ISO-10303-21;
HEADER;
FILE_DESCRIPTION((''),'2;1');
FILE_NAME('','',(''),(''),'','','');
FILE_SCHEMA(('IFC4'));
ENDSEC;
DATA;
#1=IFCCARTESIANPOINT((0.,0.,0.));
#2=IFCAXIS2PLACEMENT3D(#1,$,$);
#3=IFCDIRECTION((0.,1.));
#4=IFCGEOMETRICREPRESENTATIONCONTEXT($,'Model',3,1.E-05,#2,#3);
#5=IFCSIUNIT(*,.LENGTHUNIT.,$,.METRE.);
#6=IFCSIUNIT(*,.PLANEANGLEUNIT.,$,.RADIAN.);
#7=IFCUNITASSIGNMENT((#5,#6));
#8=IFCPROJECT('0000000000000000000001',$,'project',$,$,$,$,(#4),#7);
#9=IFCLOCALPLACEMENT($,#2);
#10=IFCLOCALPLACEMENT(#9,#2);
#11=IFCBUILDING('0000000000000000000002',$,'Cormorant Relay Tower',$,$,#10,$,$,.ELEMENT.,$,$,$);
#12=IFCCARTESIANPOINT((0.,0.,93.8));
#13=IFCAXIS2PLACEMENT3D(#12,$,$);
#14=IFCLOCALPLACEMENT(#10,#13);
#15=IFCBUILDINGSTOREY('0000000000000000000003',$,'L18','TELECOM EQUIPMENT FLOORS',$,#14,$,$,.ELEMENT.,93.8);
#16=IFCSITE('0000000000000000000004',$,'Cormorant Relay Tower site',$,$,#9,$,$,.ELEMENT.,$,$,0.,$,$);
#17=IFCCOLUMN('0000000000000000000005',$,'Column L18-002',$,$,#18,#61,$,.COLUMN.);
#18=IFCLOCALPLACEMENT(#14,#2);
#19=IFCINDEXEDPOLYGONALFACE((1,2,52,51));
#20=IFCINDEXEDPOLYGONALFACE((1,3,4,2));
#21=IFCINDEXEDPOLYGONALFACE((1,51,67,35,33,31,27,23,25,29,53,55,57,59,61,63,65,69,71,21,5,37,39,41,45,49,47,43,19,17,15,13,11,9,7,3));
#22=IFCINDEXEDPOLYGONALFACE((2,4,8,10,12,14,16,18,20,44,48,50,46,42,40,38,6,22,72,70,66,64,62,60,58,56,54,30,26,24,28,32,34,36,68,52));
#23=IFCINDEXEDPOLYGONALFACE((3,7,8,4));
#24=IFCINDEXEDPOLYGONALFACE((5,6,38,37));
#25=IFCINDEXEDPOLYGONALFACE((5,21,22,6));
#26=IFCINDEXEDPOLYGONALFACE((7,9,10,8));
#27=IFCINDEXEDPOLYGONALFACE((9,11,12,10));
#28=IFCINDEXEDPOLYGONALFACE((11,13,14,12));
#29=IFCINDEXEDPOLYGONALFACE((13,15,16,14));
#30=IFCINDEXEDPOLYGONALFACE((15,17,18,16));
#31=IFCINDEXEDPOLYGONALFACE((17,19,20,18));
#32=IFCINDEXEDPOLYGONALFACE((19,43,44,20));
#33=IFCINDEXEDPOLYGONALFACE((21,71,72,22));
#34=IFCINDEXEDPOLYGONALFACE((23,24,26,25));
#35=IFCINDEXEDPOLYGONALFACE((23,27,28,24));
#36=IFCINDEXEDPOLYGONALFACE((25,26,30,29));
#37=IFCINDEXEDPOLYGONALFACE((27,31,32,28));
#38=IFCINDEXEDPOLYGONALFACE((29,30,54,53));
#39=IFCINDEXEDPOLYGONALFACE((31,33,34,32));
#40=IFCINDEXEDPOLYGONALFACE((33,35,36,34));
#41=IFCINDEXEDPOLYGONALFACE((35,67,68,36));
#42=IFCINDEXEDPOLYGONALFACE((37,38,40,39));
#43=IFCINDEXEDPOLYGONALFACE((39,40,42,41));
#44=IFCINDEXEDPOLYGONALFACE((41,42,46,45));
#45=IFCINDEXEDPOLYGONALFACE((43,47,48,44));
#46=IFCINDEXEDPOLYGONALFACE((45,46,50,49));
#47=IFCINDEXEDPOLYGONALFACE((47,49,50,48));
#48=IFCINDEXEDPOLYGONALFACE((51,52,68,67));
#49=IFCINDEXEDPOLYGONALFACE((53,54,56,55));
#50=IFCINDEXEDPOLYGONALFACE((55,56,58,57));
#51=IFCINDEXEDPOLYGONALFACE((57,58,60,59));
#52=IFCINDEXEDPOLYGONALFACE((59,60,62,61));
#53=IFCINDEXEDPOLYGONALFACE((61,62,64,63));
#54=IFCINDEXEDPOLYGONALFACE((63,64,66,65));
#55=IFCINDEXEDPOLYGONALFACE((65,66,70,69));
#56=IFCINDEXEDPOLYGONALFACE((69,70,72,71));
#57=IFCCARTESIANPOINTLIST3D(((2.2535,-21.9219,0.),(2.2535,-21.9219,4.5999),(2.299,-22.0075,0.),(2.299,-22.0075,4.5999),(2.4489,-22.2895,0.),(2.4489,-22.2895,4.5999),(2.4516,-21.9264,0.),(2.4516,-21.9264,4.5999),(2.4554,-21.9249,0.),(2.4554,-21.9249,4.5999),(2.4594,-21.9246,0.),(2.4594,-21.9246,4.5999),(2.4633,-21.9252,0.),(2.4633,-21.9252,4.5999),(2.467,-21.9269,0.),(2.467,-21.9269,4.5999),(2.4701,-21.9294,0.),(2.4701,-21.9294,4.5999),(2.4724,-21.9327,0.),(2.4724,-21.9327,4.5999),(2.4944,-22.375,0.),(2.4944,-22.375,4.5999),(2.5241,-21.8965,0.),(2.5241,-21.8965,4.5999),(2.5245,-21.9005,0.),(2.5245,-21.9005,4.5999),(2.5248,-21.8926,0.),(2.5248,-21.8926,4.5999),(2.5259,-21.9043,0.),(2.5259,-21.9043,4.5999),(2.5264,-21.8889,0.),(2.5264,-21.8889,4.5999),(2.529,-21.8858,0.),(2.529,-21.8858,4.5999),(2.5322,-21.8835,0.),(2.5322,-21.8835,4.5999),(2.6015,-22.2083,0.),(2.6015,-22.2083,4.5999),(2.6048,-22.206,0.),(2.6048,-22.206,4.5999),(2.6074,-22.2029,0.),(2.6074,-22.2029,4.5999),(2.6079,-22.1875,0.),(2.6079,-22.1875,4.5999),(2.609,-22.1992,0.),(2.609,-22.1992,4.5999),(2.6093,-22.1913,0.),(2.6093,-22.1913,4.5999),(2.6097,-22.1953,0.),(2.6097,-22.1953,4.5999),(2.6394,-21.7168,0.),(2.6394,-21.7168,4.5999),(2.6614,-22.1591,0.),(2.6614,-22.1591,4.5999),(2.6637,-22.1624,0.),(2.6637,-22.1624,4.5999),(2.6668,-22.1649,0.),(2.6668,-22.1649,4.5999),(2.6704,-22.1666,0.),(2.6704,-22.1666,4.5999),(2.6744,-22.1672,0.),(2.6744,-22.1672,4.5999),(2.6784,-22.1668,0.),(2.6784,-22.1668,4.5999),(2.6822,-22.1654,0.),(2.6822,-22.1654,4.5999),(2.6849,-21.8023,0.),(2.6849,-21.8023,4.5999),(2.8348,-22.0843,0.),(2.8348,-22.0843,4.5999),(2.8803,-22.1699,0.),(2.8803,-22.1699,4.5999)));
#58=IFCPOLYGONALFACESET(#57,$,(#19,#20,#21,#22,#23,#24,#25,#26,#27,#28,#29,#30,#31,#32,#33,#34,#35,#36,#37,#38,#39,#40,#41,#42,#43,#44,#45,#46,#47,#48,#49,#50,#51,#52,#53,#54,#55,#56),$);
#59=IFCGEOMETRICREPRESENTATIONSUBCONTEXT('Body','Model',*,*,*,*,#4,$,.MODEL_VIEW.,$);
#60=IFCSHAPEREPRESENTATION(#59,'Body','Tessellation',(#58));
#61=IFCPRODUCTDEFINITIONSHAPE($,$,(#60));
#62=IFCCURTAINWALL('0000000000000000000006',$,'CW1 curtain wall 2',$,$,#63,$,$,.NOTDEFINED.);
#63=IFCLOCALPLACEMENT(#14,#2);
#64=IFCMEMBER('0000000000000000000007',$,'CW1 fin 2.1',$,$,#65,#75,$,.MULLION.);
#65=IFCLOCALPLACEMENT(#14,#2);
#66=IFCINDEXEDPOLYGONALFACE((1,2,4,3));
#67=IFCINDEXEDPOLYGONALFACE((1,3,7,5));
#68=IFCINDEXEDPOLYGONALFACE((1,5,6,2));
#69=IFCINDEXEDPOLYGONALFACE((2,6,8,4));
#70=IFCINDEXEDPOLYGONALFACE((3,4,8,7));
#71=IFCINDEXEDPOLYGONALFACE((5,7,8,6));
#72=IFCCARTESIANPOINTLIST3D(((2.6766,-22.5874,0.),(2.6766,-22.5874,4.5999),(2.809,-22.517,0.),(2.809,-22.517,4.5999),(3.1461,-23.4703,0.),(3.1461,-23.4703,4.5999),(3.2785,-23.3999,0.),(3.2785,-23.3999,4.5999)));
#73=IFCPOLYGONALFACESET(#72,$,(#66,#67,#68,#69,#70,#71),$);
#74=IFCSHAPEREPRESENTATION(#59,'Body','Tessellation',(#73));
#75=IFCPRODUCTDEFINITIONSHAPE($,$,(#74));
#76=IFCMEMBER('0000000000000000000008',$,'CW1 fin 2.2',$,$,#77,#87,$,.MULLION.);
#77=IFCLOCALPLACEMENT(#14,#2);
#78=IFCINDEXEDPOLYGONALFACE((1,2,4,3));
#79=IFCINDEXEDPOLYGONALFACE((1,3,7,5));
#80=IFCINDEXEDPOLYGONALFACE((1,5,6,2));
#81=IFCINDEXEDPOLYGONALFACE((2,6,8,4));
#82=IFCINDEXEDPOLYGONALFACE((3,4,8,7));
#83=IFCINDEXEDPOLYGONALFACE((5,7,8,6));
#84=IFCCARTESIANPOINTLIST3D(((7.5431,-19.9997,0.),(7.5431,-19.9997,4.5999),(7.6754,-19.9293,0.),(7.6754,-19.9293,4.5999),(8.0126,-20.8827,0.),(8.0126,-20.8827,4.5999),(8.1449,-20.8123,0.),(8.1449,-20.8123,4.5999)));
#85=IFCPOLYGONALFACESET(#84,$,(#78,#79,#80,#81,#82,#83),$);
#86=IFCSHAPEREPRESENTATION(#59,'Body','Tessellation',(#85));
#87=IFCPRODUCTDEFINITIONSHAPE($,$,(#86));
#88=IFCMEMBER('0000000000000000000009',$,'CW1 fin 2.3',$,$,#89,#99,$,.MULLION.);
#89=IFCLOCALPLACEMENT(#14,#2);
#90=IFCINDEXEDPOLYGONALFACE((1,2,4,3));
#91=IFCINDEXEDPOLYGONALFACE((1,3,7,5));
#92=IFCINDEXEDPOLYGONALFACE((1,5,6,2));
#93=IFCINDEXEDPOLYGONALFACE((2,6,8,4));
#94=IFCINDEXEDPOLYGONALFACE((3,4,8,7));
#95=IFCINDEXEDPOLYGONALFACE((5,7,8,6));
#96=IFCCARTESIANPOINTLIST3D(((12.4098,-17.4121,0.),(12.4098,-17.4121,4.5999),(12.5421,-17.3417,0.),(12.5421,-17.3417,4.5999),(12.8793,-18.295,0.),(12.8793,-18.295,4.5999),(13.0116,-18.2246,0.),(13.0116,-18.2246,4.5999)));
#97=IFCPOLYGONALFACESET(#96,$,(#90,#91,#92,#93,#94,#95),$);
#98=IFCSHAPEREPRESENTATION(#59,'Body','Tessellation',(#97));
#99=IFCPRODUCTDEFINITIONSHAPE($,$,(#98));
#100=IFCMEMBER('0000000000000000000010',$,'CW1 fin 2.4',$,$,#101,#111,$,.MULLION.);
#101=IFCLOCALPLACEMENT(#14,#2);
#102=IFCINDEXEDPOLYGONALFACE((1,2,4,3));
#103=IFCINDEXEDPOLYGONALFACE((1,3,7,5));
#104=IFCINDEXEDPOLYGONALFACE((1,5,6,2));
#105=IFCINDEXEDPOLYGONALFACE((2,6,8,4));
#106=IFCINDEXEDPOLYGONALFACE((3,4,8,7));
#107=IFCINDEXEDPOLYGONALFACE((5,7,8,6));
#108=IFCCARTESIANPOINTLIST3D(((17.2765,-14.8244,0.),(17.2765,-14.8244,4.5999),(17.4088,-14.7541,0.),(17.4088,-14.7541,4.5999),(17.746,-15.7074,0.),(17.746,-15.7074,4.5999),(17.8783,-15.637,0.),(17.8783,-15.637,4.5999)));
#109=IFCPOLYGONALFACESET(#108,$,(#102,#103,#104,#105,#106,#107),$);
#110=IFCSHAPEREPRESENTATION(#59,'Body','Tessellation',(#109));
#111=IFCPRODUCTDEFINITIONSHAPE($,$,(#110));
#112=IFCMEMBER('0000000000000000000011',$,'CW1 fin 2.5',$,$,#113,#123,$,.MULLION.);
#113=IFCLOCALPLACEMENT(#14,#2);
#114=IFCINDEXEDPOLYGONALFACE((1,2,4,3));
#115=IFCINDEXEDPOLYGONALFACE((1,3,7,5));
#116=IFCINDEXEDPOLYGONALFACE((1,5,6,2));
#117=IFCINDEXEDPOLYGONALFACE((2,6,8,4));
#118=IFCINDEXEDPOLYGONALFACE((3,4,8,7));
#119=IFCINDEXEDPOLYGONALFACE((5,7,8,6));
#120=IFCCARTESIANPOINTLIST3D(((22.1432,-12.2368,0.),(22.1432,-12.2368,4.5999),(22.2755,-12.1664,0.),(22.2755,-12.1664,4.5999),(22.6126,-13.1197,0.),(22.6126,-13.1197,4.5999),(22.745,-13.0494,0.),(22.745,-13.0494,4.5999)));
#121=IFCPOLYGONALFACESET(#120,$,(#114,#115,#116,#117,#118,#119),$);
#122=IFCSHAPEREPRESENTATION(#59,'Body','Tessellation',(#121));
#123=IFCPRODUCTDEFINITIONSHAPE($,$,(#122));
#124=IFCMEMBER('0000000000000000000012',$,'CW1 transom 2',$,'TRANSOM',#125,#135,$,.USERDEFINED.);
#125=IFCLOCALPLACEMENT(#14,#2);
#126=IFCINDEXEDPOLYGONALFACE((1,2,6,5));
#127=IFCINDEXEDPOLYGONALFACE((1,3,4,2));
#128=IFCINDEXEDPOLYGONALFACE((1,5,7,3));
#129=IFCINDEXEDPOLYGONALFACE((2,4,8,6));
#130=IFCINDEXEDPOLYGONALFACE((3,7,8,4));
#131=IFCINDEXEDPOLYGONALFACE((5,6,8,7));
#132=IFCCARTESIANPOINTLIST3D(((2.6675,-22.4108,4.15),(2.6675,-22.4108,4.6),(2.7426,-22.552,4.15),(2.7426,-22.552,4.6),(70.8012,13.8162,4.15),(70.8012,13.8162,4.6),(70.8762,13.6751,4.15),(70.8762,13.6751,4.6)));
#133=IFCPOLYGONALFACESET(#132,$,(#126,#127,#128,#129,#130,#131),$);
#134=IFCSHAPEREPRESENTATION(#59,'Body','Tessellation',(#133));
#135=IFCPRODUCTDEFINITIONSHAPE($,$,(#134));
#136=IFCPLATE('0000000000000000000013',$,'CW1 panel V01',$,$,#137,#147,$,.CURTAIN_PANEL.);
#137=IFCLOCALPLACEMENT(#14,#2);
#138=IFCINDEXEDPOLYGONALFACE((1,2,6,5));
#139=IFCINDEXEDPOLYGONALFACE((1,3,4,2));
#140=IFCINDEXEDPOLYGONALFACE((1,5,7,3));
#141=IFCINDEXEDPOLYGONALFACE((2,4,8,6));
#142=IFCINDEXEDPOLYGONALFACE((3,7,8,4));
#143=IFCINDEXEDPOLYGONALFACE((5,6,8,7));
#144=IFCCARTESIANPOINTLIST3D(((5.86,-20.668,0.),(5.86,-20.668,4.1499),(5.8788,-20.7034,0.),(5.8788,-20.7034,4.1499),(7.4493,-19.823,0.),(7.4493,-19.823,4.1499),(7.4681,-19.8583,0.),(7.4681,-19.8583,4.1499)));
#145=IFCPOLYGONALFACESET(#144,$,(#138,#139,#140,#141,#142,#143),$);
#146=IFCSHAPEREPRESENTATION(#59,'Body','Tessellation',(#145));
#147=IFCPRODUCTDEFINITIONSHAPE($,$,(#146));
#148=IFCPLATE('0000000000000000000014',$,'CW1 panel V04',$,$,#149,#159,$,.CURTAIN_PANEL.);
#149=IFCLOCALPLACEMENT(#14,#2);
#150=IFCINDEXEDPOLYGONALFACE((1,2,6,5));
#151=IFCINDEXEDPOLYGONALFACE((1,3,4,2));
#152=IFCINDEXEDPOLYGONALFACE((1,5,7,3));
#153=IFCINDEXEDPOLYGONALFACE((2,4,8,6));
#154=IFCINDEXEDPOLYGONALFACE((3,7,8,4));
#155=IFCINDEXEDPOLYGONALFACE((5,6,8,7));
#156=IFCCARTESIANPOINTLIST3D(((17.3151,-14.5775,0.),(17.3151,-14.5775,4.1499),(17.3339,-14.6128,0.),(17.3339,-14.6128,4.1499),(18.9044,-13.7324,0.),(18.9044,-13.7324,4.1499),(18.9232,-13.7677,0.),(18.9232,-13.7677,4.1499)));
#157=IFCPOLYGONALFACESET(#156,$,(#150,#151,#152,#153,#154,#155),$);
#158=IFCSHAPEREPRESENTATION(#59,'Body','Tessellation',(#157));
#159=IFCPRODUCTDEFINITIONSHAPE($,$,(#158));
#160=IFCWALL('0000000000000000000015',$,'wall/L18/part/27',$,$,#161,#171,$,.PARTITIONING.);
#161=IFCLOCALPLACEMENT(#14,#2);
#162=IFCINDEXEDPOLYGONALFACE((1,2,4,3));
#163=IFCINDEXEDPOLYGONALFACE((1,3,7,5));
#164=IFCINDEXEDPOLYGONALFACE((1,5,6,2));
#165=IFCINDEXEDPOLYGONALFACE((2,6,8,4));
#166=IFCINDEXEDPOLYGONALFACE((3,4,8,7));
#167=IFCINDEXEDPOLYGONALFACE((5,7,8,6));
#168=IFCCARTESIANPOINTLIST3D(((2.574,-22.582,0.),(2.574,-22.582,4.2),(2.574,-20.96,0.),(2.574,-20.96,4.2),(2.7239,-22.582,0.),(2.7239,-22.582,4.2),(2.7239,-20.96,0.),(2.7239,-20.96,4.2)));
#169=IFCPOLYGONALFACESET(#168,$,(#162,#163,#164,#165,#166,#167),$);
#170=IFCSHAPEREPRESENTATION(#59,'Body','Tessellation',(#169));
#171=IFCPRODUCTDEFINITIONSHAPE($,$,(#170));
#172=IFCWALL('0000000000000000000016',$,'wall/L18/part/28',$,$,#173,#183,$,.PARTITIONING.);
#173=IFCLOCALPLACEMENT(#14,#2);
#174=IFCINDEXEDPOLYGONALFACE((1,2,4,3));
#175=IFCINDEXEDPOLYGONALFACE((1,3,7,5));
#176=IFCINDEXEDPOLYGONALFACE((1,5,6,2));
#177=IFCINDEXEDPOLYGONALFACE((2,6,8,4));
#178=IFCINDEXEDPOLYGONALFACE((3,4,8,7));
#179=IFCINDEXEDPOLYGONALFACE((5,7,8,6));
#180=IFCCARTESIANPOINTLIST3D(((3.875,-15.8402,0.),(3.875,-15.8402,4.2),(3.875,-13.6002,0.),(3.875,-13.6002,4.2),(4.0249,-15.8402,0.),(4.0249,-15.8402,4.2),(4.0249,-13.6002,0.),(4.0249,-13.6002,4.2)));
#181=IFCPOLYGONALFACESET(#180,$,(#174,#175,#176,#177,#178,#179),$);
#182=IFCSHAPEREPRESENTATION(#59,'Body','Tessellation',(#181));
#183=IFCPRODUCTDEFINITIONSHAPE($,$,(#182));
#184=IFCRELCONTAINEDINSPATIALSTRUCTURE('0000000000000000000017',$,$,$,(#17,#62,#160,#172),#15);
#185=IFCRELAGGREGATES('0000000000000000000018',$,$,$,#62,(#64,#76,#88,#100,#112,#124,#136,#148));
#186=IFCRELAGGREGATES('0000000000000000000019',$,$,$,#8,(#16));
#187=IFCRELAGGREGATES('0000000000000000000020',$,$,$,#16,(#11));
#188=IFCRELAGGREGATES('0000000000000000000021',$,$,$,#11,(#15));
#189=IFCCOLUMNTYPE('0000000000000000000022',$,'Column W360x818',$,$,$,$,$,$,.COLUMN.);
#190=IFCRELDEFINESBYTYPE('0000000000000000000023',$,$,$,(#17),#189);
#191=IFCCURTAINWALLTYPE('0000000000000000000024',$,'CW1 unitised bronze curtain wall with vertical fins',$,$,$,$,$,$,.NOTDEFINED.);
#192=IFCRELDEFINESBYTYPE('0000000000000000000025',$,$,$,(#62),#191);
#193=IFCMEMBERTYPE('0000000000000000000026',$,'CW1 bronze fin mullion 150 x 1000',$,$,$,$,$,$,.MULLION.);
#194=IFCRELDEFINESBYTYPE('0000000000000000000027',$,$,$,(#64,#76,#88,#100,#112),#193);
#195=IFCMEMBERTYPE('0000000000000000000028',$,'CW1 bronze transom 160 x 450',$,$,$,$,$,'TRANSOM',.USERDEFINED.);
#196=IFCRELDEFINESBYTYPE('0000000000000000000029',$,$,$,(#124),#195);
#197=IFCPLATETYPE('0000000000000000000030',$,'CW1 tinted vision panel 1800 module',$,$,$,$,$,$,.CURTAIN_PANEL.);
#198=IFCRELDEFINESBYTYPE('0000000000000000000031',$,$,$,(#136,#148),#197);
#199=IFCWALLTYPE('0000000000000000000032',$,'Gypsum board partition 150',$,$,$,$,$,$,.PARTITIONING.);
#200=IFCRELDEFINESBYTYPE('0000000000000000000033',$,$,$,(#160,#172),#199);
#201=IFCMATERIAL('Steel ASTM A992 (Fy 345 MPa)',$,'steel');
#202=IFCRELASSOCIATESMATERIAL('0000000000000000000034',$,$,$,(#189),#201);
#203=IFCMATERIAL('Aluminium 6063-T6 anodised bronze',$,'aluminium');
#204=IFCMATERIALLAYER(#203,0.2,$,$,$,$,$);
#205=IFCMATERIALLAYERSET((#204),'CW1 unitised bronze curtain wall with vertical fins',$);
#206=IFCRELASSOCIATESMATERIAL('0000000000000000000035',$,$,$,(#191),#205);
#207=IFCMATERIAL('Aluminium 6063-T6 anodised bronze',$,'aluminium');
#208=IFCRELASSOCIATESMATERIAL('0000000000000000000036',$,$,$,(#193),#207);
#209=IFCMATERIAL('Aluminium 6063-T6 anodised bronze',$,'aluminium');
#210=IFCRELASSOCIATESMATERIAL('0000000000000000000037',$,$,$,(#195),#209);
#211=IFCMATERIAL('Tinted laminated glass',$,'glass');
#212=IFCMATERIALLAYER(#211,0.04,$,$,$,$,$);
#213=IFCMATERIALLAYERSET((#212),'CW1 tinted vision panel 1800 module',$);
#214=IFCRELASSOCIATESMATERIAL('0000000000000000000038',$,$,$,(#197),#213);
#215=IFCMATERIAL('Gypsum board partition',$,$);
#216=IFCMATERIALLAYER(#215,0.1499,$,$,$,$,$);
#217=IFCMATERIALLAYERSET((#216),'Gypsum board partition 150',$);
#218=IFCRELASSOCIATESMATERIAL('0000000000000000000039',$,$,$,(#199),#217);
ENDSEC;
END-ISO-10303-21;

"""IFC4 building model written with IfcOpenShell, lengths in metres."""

from ifc_helpers import new_model, si_unit, direction, frame, frame_2d, origin, origin_2d, place, context, subcontext, project, spatial, rectangle, i_section, extrude, material, layer, layer_set, material_profile, profile_set, type_object, element, aggregate, save


model = new_model("IFC4")

# Units and contexts
model_context = context("Model", 3, precision=1e-05, world=origin(), true_north=direction((0.0, 1.0)))
body_context = subcontext(model_context, "Body", "Model", "MODEL_VIEW")
ifc_project = project(units=[si_unit("LENGTHUNIT", "METRE"), si_unit("PLANEANGLEUNIT", "RADIAN")], contexts=[model_context])

# Site, building, storey
site_placement = place(None, origin())
site = spatial("IfcSite", under=ifc_project, at=site_placement, Name="Cormorant Relay Tower site", CompositionType="ELEMENT", RefElevation=0.0)
building_placement = place(site_placement, origin())
building = spatial("IfcBuilding", under=site, at=building_placement, Name="Cormorant Relay Tower", CompositionType="ELEMENT")
storey_placement = place(building_placement, frame((0.0, 0.0, 93.8)))
storey = spatial("IfcBuildingStorey", under=building, at=storey_placement, Name="L18", Description="TELECOM EQUIPMENT FLOORS", CompositionType="ELEMENT", Elevation=93.8)

# Column
ifc_material_1 = material(Name="Steel ASTM A992 (Fy 345 MPa)", Category="steel")
ifc_material_profile_1 = material_profile(ifc_material_1, i_section(OverallWidth=0.437, OverallDepth=0.5132, WebThickness=0.0605, FlangeThickness=0.0969, FilletRadius=0.0154, at=origin_2d()), Name="W360x818")
ifc_profile_set_1 = profile_set([ifc_material_profile_1], Name="Steel ASTM A992 (Fy 345 MPa)")
column_type_1 = type_object("IfcColumnType", Name="Column W360x818", PredefinedType="COLUMN", material=ifc_profile_set_1)
column_1_placement = place(storey_placement, frame((2.5669, -22.0459, 0.0), z_axis=(0.0, 0.0, 1.0), x_axis=(0.882948, 0.469472, 0.0)))
element("IfcColumn", 1, at=column_1_placement, inside=storey, type_object=column_type_1, Name="Column L18-002", PredefinedType="COLUMN", context=body_context, shape_type="SweptSolid", body=[
    extrude(i_section(OverallWidth=0.437, OverallDepth=0.5132, WebThickness=0.0605, FlangeThickness=0.0969, FilletRadius=0.0154, at=origin_2d()), origin(), (0.0, 0.0, 1.0), 4.5999),
])

# Curtain wall, members, plates
ifc_material_2 = material(Name="Aluminium 6063-T6 anodised bronze", Category="aluminium")
ifc_layer_1 = layer(ifc_material_2, 0.2)
ifc_layer_set_1 = layer_set([ifc_layer_1], Name="CW1 unitised bronze curtain wall with vertical fins")
curtain_wall_type = type_object("IfcCurtainWallType", Name="CW1 unitised bronze curtain wall with vertical fins", PredefinedType="NOTDEFINED", material=ifc_layer_set_1)
curtain_wall_1_placement = place(storey_placement, origin())
curtain_wall_1 = element("IfcCurtainWall", 2, at=curtain_wall_1_placement, inside=storey, type_object=curtain_wall_type, Name="CW1 curtain wall 2", PredefinedType="NOTDEFINED")
ifc_material_3 = material(Name="Aluminium 6063-T6 anodised bronze", Category="aluminium")
ifc_material_profile_2 = material_profile(ifc_material_3, rectangle(XDim=0.1499, YDim=1.0, at=origin_2d()), Name="AL 150x1000")
ifc_profile_set_2 = profile_set([ifc_material_profile_2], Name="Aluminium 6063-T6 anodised bronze")
member_type_1 = type_object("IfcMemberType", Name="CW1 bronze fin mullion 150 x 1000", PredefinedType="MULLION", material=ifc_profile_set_2)
member_1_placement = place(storey_placement, frame((2.9775, -22.9937, 0.0), z_axis=(0.0, 0.0, 1.0), x_axis=(0.882948, 0.469472, 0.0)))
member_1 = element("IfcMember", 3, at=member_1_placement, type_object=member_type_1, Name="CW1 fin 2.1", PredefinedType="MULLION", context=body_context, shape_type="SweptSolid", body=[
    extrude(rectangle(XDim=0.1499, YDim=1.0, at=origin_2d()), origin(), (0.0, 0.0, 1.0), 4.5999),
])
member_2_placement = place(storey_placement, frame((7.844, -20.406, 0.0), z_axis=(0.0, 0.0, 1.0), x_axis=(0.882948, 0.469472, 0.0)))
member_2 = element("IfcMember", 4, at=member_2_placement, type_object=member_type_1, Name="CW1 fin 2.2", PredefinedType="MULLION", context=body_context, shape_type="SweptSolid", body=[
    extrude(rectangle(XDim=0.1499, YDim=1.0, at=origin_2d()), origin(), (0.0, 0.0, 1.0), 4.5999),
])
member_3_placement = place(storey_placement, frame((12.7107, -17.8184, 0.0), z_axis=(0.0, 0.0, 1.0), x_axis=(0.882948, 0.469472, 0.0)))
member_3 = element("IfcMember", 5, at=member_3_placement, type_object=member_type_1, Name="CW1 fin 2.3", PredefinedType="MULLION", context=body_context, shape_type="SweptSolid", body=[
    extrude(rectangle(XDim=0.1499, YDim=1.0, at=origin_2d()), origin(), (0.0, 0.0, 1.0), 4.5999),
])
member_4_placement = place(storey_placement, frame((17.5774, -15.2307, 0.0), z_axis=(0.0, 0.0, 1.0), x_axis=(0.882948, 0.469472, 0.0)))
member_4 = element("IfcMember", 6, at=member_4_placement, type_object=member_type_1, Name="CW1 fin 2.4", PredefinedType="MULLION", context=body_context, shape_type="SweptSolid", body=[
    extrude(rectangle(XDim=0.1499, YDim=1.0, at=origin_2d()), origin(), (0.0, 0.0, 1.0), 4.5999),
])
member_5_placement = place(storey_placement, frame((22.4441, -12.6431, 0.0), z_axis=(0.0, 0.0, 1.0), x_axis=(0.882948, 0.469472, 0.0)))
member_5 = element("IfcMember", 7, at=member_5_placement, type_object=member_type_1, Name="CW1 fin 2.5", PredefinedType="MULLION", context=body_context, shape_type="SweptSolid", body=[
    extrude(rectangle(XDim=0.1499, YDim=1.0, at=origin_2d()), origin(), (0.0, 0.0, 1.0), 4.5999),
])
ifc_material_4 = material(Name="Aluminium 6063-T6 anodised bronze", Category="aluminium")
ifc_material_profile_3 = material_profile(ifc_material_4, rectangle(XDim=0.1599, YDim=0.45, at=origin_2d()), Name="AL 160x450")
ifc_profile_set_3 = profile_set([ifc_material_profile_3], Name="Aluminium 6063-T6 anodised bronze")
member_type_2 = type_object("IfcMemberType", Name="CW1 bronze transom 160 x 450", ElementType="TRANSOM", PredefinedType="USERDEFINED", material=ifc_profile_set_3)
member_6_placement = place(storey_placement, frame((2.7051, -22.4814, 4.375), z_axis=(0.882949, 0.46947, 0.0), x_axis=(-0.46947, 0.882949, 0.0)))
member_6 = element("IfcMember", 8, at=member_6_placement, type_object=member_type_2, Name="CW1 transom 2", ObjectType="TRANSOM", PredefinedType="USERDEFINED", context=body_context, shape_type="SweptSolid", body=[
    extrude(rectangle(XDim=0.1599, YDim=0.45, at=origin_2d()), origin(), (0.0, 0.0, 1.0), 77.166),
])
ifc_material_5 = material(Name="Tinted laminated glass", Category="glass")
ifc_layer_2 = layer(ifc_material_5, 0.04)
ifc_layer_set_2 = layer_set([ifc_layer_2], Name="CW1 tinted vision panel 1800 module")
plate_type = type_object("IfcPlateType", Name="CW1 tinted vision panel 1800 module", PredefinedType="CURTAIN_PANEL", material=ifc_layer_set_2)
plate_1_placement = place(storey_placement, frame((6.6641, -20.2632, 0.0), z_axis=(0.0, 0.0, 1.0), x_axis=(0.882948, 0.469472, 0.0)))
plate_1 = element("IfcPlate", 9, at=plate_1_placement, type_object=plate_type, Name="CW1 panel V01", PredefinedType="CURTAIN_PANEL", context=body_context, shape_type="SweptSolid", body=[
    extrude(rectangle(XDim=1.8, YDim=0.04, at=origin_2d()), origin(), (0.0, 0.0, 1.0), 4.1499),
])
plate_2_placement = place(storey_placement, frame((18.1191, -14.1726, 0.0), z_axis=(0.0, 0.0, 1.0), x_axis=(0.882948, 0.469472, 0.0)))
plate_2 = element("IfcPlate", 10, at=plate_2_placement, type_object=plate_type, Name="CW1 panel V04", PredefinedType="CURTAIN_PANEL", context=body_context, shape_type="SweptSolid", body=[
    extrude(rectangle(XDim=1.8, YDim=0.04, at=origin_2d()), origin(), (0.0, 0.0, 1.0), 4.1499),
])

# Walls
ifc_material_6 = material(Name="Gypsum board partition")
ifc_layer_3 = layer(ifc_material_6, 0.1499)
ifc_layer_set_3 = layer_set([ifc_layer_3], Name="Gypsum board partition 150")
wall_type_1 = type_object("IfcWallType", Name="Gypsum board partition 150", PredefinedType="PARTITIONING", material=ifc_layer_set_3)
wall_1_placement = place(storey_placement, frame((2.6489, -22.582, 0.0), z_axis=(0.0, 0.0, 1.0), x_axis=(0.0, 1.0, 0.0)))
element("IfcWall", 11, at=wall_1_placement, inside=storey, type_object=wall_type_1, Name="wall/L18/part/27", PredefinedType="PARTITIONING", context=body_context, shape_type="SweptSolid", body=[
    extrude(rectangle(XDim=1.6221, YDim=0.1499, at=frame_2d((0.811, 0.0))), origin(), (0.0, 0.0, 1.0), 4.2),
])
wall_2_placement = place(storey_placement, frame((3.95, -13.6001, 0.0), z_axis=(0.0, 0.0, 1.0), x_axis=(0.0, -1.0, 0.0)))
element("IfcWall", 12, at=wall_2_placement, inside=storey, type_object=wall_type_1, Name="wall/L18/part/28", PredefinedType="PARTITIONING", context=body_context, shape_type="SweptSolid", body=[
    extrude(rectangle(XDim=2.24, YDim=0.1499, at=frame_2d((1.1201, 0.0))), origin(), (0.0, 0.0, 1.0), 4.2),
])

aggregate(curtain_wall_1, [member_1, member_2, member_3, member_4, member_5, member_6, plate_1, plate_2])

save(model, "model.ifc")
